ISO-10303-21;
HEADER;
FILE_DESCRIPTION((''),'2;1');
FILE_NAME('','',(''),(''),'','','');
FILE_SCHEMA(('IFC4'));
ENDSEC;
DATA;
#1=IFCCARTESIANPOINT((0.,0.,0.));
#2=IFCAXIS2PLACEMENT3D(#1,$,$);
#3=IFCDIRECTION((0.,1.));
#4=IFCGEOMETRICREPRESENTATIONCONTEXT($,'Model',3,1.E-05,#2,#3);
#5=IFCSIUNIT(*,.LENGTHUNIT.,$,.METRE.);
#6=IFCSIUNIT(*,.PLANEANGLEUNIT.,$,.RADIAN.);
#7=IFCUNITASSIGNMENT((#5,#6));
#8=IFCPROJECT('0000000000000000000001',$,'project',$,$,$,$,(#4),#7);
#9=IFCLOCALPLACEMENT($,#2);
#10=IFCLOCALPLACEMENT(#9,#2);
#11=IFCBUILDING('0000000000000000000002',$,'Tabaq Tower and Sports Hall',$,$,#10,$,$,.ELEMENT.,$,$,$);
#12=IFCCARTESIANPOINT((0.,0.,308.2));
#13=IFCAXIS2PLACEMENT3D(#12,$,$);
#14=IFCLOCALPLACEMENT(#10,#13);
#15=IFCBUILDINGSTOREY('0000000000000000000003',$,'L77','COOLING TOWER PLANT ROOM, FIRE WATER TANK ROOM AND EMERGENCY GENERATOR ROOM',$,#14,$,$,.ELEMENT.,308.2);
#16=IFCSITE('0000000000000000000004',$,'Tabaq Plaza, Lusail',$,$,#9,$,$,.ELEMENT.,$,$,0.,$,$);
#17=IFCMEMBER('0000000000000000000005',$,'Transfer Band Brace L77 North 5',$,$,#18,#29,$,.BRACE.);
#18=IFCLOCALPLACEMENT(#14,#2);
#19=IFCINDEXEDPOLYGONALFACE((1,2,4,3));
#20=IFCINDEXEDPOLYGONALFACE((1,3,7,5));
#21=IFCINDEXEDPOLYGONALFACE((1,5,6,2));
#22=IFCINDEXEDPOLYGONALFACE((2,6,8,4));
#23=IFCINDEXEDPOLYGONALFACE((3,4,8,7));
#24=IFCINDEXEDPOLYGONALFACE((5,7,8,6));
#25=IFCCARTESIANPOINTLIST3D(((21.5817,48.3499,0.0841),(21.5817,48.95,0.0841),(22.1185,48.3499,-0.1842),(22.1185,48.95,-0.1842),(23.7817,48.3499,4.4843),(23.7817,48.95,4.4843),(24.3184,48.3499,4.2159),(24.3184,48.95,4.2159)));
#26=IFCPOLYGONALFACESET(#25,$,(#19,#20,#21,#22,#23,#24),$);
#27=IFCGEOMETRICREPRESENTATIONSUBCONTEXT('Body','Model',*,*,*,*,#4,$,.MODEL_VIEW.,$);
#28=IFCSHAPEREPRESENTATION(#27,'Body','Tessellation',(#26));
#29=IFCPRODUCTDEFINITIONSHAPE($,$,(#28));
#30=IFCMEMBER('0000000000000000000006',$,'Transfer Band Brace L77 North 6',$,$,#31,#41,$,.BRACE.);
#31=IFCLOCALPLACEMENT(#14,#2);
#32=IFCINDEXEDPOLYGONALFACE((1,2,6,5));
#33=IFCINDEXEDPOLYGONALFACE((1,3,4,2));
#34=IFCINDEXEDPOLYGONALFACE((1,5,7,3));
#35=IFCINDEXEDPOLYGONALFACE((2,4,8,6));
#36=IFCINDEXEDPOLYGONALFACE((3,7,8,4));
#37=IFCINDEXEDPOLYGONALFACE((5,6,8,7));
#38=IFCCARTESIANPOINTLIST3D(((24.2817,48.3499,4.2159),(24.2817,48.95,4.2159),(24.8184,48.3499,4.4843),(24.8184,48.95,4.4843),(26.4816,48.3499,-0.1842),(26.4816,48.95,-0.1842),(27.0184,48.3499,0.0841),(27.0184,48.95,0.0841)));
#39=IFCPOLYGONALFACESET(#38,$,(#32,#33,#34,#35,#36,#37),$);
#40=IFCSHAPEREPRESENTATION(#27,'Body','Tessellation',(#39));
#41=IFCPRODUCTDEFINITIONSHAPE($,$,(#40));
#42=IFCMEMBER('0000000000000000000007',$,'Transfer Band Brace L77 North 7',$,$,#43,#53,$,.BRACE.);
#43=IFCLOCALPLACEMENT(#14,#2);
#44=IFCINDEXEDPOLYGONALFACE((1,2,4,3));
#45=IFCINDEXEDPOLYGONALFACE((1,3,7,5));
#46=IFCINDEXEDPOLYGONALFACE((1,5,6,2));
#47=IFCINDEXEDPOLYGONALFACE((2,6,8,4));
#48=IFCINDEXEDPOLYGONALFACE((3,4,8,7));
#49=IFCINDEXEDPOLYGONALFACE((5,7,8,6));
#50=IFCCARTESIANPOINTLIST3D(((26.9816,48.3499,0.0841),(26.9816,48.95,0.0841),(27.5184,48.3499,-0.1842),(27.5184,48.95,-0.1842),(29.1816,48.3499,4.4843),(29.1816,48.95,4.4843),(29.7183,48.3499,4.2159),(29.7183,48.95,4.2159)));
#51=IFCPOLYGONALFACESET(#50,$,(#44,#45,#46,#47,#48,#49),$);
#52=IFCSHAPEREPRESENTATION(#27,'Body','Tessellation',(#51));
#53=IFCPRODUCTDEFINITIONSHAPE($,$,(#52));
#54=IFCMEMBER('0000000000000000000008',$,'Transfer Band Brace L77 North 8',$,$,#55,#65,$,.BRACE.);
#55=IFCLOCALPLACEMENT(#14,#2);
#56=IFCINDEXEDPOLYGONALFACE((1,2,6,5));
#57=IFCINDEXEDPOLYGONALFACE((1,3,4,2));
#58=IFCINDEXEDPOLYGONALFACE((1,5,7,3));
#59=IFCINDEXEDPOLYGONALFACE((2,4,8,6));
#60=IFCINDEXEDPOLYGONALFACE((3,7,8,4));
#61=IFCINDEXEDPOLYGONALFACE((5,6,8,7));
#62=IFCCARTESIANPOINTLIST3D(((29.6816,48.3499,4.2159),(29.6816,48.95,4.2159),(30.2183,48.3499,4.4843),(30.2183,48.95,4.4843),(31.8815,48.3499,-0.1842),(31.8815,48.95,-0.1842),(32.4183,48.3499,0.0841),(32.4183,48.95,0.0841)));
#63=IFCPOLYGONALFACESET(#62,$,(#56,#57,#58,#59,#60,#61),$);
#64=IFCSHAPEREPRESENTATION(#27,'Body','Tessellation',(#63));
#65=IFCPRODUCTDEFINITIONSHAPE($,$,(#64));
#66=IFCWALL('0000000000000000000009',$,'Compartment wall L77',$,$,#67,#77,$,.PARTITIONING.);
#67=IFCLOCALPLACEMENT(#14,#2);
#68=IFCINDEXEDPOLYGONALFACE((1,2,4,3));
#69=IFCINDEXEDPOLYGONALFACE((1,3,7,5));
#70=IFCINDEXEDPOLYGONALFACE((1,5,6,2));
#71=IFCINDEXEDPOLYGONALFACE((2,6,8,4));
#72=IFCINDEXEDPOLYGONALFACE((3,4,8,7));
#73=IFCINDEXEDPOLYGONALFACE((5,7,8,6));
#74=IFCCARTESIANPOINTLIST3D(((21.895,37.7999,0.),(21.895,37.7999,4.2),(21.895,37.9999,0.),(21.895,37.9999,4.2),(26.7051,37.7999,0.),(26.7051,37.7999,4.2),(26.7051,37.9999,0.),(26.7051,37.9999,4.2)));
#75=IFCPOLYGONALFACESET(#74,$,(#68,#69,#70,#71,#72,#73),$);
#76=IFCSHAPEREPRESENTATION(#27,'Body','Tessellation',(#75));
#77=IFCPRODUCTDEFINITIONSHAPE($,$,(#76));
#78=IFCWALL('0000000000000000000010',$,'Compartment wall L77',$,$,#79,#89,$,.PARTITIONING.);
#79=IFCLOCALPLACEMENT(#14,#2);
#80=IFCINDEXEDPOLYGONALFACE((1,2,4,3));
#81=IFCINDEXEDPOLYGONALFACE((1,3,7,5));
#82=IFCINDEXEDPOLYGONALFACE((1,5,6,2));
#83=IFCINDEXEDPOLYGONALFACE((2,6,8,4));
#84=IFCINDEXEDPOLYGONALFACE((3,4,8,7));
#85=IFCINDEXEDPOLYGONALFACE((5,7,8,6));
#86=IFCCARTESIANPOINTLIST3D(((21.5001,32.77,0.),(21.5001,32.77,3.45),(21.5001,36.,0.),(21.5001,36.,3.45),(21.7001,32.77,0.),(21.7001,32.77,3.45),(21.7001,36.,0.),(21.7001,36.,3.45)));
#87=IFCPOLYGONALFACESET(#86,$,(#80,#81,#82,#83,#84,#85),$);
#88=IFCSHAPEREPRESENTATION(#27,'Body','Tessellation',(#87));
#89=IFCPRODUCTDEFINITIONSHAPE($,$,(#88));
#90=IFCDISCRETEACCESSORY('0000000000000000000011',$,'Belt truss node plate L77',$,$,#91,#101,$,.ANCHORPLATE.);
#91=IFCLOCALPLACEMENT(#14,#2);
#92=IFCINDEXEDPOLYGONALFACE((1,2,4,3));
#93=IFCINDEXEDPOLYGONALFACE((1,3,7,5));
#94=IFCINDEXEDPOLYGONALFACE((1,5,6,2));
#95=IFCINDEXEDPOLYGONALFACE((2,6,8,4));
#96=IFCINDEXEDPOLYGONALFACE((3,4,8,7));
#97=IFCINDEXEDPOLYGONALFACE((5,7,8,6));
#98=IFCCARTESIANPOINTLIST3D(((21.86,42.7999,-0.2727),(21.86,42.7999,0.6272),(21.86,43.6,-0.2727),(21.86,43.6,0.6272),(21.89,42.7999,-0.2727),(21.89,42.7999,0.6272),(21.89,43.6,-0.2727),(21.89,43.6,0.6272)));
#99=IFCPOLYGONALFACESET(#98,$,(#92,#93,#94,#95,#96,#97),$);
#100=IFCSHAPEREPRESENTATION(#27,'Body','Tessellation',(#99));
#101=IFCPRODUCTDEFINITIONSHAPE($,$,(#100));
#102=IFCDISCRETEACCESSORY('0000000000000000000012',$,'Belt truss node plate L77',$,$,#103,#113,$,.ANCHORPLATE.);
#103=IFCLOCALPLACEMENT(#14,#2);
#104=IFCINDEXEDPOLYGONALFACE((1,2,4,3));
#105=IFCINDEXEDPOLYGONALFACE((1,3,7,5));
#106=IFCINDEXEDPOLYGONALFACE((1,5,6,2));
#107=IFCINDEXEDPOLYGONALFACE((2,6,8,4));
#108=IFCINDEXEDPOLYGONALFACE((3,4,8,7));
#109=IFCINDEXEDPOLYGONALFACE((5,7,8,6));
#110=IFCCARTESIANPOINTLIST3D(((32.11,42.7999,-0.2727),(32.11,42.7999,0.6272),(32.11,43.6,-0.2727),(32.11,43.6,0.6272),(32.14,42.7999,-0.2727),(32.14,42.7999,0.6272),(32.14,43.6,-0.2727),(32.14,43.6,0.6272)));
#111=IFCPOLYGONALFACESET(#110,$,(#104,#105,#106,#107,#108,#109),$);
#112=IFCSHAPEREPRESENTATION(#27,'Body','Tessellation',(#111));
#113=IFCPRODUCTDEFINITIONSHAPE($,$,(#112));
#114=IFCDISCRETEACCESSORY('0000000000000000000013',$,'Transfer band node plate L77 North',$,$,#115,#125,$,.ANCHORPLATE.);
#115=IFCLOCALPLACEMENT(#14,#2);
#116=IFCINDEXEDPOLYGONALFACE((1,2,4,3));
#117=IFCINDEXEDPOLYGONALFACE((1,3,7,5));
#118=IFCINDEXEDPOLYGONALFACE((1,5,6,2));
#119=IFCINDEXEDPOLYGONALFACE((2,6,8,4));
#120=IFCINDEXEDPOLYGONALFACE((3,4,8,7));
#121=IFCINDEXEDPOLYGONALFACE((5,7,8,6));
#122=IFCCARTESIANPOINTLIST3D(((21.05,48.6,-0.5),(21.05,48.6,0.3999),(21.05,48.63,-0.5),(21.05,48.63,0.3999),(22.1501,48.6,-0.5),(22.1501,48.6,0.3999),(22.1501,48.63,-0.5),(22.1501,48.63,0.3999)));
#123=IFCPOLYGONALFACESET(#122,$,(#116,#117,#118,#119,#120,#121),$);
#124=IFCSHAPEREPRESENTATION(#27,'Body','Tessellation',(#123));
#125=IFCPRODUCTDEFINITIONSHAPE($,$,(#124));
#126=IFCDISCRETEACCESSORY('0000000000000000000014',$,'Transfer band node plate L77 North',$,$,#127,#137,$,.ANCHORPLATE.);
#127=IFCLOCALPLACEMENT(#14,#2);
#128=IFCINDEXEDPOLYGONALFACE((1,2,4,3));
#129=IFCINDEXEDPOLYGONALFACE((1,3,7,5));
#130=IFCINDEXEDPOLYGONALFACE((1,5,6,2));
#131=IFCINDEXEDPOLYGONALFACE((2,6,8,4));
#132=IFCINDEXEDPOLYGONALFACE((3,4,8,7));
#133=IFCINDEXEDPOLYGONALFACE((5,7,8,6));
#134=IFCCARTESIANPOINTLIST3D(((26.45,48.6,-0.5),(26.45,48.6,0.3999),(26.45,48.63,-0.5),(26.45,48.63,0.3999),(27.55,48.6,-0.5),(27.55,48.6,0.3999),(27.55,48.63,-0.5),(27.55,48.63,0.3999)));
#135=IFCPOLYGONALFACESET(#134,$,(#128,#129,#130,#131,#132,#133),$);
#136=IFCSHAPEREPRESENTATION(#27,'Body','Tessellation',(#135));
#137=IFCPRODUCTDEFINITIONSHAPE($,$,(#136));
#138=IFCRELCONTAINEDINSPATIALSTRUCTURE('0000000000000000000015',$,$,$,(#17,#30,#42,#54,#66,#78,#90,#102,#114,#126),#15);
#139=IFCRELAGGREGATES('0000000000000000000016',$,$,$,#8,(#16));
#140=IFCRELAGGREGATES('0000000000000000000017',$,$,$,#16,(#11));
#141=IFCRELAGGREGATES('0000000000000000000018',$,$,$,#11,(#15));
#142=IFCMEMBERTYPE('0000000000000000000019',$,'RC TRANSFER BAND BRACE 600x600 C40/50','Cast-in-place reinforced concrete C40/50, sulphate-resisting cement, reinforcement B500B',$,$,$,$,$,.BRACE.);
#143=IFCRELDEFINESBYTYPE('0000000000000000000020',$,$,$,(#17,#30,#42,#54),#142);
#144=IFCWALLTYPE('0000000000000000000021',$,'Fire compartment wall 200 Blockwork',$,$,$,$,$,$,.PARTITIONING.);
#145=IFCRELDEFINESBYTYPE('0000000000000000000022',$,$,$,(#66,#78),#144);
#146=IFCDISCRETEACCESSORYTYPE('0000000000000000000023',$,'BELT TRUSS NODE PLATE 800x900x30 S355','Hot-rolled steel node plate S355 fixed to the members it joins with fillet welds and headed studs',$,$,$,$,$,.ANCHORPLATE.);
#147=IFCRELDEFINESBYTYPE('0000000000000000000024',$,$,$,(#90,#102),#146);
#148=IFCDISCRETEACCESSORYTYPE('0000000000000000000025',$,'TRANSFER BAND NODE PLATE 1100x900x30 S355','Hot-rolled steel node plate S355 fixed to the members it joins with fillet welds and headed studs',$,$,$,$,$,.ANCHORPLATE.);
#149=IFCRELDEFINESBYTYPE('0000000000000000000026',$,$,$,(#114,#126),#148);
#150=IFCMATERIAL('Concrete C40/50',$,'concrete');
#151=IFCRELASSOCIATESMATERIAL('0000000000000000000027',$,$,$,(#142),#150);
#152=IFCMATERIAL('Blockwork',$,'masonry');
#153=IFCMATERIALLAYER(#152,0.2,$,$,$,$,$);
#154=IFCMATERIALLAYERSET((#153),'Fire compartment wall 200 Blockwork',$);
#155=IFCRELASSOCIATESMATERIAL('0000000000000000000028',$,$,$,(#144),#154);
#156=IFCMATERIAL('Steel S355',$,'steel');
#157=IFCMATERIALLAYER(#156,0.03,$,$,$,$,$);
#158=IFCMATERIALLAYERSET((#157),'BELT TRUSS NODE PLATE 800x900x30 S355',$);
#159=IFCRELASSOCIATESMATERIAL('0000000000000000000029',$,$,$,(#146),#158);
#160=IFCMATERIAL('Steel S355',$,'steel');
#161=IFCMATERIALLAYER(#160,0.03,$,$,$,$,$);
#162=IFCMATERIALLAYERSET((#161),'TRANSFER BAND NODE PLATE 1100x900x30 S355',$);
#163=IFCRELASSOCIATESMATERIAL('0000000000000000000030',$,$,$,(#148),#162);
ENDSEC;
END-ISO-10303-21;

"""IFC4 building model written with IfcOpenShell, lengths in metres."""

from ifc_helpers import new_model, si_unit, direction, frame, frame_2d, origin, origin_2d, place, context, subcontext, project, spatial, rectangle, extrude, material, layer, layer_set, material_profile, profile_set, type_object, element, save


model = new_model("IFC4")

# Units and contexts
model_context = context("Model", 3, precision=1e-05, world=origin(), true_north=direction((0.0, 1.0)))
body_context = subcontext(model_context, "Body", "Model", "MODEL_VIEW")
ifc_project = project(units=[si_unit("LENGTHUNIT", "METRE"), si_unit("PLANEANGLEUNIT", "RADIAN")], contexts=[model_context])

# Site, building, storey
site_placement = place(None, origin())
site = spatial("IfcSite", under=ifc_project, at=site_placement, Name="Tabaq Plaza, Lusail", CompositionType="ELEMENT", RefElevation=0.0)
building_placement = place(site_placement, origin())
building = spatial("IfcBuilding", under=site, at=building_placement, Name="Tabaq Tower and Sports Hall", CompositionType="ELEMENT")
storey_placement = place(building_placement, frame((0.0, 0.0, 308.2)))
storey = spatial("IfcBuildingStorey", under=building, at=storey_placement, Name="L77", Description="COOLING TOWER PLANT ROOM, FIRE WATER TANK ROOM AND EMERGENCY GENERATOR ROOM", CompositionType="ELEMENT", Elevation=308.2)

# Members
ifc_material_1 = material(Name="Concrete C40/50", Category="concrete")
ifc_material_profile_1 = material_profile(ifc_material_1, rectangle(XDim=0.6001, YDim=0.6001, at=origin_2d()), Name="TRANSFER BAND BRACE 600x600")
ifc_profile_set_1 = profile_set([ifc_material_profile_1], Name="Concrete C40/50")
member_type_1 = type_object("IfcMemberType", Name="RC TRANSFER BAND BRACE 600x600 C40/50", Description="Cast-in-place reinforced concrete C40/50, sulphate-resisting cement, reinforcement B500B", PredefinedType="BRACE", material=ifc_profile_set_1)
for number, where, z_axis, x_axis, name in (
    (1, (21.8501, 48.6499, -0.05), (0.447194, 0.0, 0.894437), (0.0, 1.0, 0.0), "Transfer Band Brace L77 North 5"),
    (2, (26.75, 48.6499, -0.05), (-0.447194, 0.0, 0.894437), (0.0, -1.0, 0.0), "Transfer Band Brace L77 North 6"),
    (3, (27.25, 48.6499, -0.05), (0.447194, 0.0, 0.894437), (0.0, 1.0, 0.0), "Transfer Band Brace L77 North 7"),
    (4, (32.1499, 48.6499, -0.05), (-0.447194, 0.0, 0.894437), (0.0, -1.0, 0.0), "Transfer Band Brace L77 North 8"),
):
    element("IfcMember", number, at=place(storey_placement, frame(where, z_axis=z_axis, x_axis=x_axis)), inside=storey, type_object=member_type_1, Name=name, PredefinedType="BRACE", context=body_context, shape_type="SweptSolid", body=[
        extrude(rectangle(XDim=0.6001, YDim=0.6001, at=origin_2d()), origin(), (0.0, 0.0, 1.0), 4.9194),
    ])

# Shared definitions
ifc_material_2 = material(Name="Blockwork", Category="masonry")
ifc_layer_1 = layer(ifc_material_2, 0.2)
ifc_layer_set_1 = layer_set([ifc_layer_1], Name="Fire compartment wall 200 Blockwork")
wall_type_1 = type_object("IfcWallType", Name="Fire compartment wall 200 Blockwork", PredefinedType="PARTITIONING", material=ifc_layer_set_1)

# Walls
wall_1_placement = place(storey_placement, frame((21.895, 37.8999, 0.0), z_axis=(0.0, 0.0, 1.0), x_axis=(1.0, 0.0, 0.0)))
element("IfcWall", 5, at=wall_1_placement, inside=storey, type_object=wall_type_1, Name="Compartment wall L77", PredefinedType="PARTITIONING", context=body_context, shape_type="SweptSolid", body=[
    extrude(rectangle(XDim=4.8101, YDim=0.2, at=frame_2d((2.405, 0.0))), origin(), (0.0, 0.0, 1.0), 4.2),
])
wall_2_placement = place(storey_placement, frame((21.6001, 36.0, 0.0), z_axis=(0.0, 0.0, 1.0), x_axis=(0.0, -1.0, 0.0)))
element("IfcWall", 6, at=wall_2_placement, inside=storey, type_object=wall_type_1, Name="Compartment wall L77", PredefinedType="PARTITIONING", context=body_context, shape_type="SweptSolid", body=[
    extrude(rectangle(XDim=3.23, YDim=0.2, at=frame_2d((1.615, 0.0))), origin(), (0.0, 0.0, 1.0), 3.45),
])

# Discrete accessories
ifc_material_3 = material(Name="Steel S355", Category="steel")
ifc_layer_2 = layer(ifc_material_3, 0.03)
ifc_layer_set_2 = layer_set([ifc_layer_2], Name="BELT TRUSS NODE PLATE 800x900x30 S355")
discrete_accessory_type_1 = type_object("IfcDiscreteAccessoryType", Name="BELT TRUSS NODE PLATE 800x900x30 S355", Description="Hot-rolled steel node plate S355 fixed to the members it joins with fillet welds and headed studs", PredefinedType="ANCHORPLATE", material=ifc_layer_set_2)
for number, where, z_axis, x_axis, name in (
    (7, (21.875, 43.2, -0.2727), (0.0, 0.0, 1.0), (1.0, 0.0, 0.0), "Belt truss node plate L77"),
    (8, (32.125, 43.2, -0.2727), (0.0, 0.0, 1.0), (1.0, 0.0, 0.0), "Belt truss node plate L77"),
):
    element("IfcDiscreteAccessory", number, at=place(storey_placement, frame(where, z_axis=z_axis, x_axis=x_axis)), inside=storey, type_object=discrete_accessory_type_1, Name=name, PredefinedType="ANCHORPLATE", context=body_context, shape_type="SweptSolid", body=[
        extrude(rectangle(XDim=0.03, YDim=0.8, at=origin_2d()), origin(), (0.0, 0.0, 1.0), 0.8999),
    ])
ifc_material_4 = material(Name="Steel S355", Category="steel")
ifc_layer_3 = layer(ifc_material_4, 0.03)
ifc_layer_set_3 = layer_set([ifc_layer_3], Name="TRANSFER BAND NODE PLATE 1100x900x30 S355")
discrete_accessory_type_2 = type_object("IfcDiscreteAccessoryType", Name="TRANSFER BAND NODE PLATE 1100x900x30 S355", Description="Hot-rolled steel node plate S355 fixed to the members it joins with fillet welds and headed studs", PredefinedType="ANCHORPLATE", material=ifc_layer_set_3)
for number, where, z_axis, x_axis, name in (
    (9, (21.6001, 48.615, -0.5), (0.0, 0.0, 1.0), (-1.0, 0.0, 0.0), "Transfer band node plate L77 North"),
    (10, (27.0, 48.615, -0.5), (0.0, 0.0, 1.0), (-1.0, 0.0, 0.0), "Transfer band node plate L77 North"),
):
    element("IfcDiscreteAccessory", number, at=place(storey_placement, frame(where, z_axis=z_axis, x_axis=x_axis)), inside=storey, type_object=discrete_accessory_type_2, Name=name, PredefinedType="ANCHORPLATE", context=body_context, shape_type="SweptSolid", body=[
        extrude(rectangle(XDim=1.1001, YDim=0.03, at=origin_2d()), origin(), (0.0, 0.0, 1.0), 0.8999),
    ])

save(model, "model.ifc")
